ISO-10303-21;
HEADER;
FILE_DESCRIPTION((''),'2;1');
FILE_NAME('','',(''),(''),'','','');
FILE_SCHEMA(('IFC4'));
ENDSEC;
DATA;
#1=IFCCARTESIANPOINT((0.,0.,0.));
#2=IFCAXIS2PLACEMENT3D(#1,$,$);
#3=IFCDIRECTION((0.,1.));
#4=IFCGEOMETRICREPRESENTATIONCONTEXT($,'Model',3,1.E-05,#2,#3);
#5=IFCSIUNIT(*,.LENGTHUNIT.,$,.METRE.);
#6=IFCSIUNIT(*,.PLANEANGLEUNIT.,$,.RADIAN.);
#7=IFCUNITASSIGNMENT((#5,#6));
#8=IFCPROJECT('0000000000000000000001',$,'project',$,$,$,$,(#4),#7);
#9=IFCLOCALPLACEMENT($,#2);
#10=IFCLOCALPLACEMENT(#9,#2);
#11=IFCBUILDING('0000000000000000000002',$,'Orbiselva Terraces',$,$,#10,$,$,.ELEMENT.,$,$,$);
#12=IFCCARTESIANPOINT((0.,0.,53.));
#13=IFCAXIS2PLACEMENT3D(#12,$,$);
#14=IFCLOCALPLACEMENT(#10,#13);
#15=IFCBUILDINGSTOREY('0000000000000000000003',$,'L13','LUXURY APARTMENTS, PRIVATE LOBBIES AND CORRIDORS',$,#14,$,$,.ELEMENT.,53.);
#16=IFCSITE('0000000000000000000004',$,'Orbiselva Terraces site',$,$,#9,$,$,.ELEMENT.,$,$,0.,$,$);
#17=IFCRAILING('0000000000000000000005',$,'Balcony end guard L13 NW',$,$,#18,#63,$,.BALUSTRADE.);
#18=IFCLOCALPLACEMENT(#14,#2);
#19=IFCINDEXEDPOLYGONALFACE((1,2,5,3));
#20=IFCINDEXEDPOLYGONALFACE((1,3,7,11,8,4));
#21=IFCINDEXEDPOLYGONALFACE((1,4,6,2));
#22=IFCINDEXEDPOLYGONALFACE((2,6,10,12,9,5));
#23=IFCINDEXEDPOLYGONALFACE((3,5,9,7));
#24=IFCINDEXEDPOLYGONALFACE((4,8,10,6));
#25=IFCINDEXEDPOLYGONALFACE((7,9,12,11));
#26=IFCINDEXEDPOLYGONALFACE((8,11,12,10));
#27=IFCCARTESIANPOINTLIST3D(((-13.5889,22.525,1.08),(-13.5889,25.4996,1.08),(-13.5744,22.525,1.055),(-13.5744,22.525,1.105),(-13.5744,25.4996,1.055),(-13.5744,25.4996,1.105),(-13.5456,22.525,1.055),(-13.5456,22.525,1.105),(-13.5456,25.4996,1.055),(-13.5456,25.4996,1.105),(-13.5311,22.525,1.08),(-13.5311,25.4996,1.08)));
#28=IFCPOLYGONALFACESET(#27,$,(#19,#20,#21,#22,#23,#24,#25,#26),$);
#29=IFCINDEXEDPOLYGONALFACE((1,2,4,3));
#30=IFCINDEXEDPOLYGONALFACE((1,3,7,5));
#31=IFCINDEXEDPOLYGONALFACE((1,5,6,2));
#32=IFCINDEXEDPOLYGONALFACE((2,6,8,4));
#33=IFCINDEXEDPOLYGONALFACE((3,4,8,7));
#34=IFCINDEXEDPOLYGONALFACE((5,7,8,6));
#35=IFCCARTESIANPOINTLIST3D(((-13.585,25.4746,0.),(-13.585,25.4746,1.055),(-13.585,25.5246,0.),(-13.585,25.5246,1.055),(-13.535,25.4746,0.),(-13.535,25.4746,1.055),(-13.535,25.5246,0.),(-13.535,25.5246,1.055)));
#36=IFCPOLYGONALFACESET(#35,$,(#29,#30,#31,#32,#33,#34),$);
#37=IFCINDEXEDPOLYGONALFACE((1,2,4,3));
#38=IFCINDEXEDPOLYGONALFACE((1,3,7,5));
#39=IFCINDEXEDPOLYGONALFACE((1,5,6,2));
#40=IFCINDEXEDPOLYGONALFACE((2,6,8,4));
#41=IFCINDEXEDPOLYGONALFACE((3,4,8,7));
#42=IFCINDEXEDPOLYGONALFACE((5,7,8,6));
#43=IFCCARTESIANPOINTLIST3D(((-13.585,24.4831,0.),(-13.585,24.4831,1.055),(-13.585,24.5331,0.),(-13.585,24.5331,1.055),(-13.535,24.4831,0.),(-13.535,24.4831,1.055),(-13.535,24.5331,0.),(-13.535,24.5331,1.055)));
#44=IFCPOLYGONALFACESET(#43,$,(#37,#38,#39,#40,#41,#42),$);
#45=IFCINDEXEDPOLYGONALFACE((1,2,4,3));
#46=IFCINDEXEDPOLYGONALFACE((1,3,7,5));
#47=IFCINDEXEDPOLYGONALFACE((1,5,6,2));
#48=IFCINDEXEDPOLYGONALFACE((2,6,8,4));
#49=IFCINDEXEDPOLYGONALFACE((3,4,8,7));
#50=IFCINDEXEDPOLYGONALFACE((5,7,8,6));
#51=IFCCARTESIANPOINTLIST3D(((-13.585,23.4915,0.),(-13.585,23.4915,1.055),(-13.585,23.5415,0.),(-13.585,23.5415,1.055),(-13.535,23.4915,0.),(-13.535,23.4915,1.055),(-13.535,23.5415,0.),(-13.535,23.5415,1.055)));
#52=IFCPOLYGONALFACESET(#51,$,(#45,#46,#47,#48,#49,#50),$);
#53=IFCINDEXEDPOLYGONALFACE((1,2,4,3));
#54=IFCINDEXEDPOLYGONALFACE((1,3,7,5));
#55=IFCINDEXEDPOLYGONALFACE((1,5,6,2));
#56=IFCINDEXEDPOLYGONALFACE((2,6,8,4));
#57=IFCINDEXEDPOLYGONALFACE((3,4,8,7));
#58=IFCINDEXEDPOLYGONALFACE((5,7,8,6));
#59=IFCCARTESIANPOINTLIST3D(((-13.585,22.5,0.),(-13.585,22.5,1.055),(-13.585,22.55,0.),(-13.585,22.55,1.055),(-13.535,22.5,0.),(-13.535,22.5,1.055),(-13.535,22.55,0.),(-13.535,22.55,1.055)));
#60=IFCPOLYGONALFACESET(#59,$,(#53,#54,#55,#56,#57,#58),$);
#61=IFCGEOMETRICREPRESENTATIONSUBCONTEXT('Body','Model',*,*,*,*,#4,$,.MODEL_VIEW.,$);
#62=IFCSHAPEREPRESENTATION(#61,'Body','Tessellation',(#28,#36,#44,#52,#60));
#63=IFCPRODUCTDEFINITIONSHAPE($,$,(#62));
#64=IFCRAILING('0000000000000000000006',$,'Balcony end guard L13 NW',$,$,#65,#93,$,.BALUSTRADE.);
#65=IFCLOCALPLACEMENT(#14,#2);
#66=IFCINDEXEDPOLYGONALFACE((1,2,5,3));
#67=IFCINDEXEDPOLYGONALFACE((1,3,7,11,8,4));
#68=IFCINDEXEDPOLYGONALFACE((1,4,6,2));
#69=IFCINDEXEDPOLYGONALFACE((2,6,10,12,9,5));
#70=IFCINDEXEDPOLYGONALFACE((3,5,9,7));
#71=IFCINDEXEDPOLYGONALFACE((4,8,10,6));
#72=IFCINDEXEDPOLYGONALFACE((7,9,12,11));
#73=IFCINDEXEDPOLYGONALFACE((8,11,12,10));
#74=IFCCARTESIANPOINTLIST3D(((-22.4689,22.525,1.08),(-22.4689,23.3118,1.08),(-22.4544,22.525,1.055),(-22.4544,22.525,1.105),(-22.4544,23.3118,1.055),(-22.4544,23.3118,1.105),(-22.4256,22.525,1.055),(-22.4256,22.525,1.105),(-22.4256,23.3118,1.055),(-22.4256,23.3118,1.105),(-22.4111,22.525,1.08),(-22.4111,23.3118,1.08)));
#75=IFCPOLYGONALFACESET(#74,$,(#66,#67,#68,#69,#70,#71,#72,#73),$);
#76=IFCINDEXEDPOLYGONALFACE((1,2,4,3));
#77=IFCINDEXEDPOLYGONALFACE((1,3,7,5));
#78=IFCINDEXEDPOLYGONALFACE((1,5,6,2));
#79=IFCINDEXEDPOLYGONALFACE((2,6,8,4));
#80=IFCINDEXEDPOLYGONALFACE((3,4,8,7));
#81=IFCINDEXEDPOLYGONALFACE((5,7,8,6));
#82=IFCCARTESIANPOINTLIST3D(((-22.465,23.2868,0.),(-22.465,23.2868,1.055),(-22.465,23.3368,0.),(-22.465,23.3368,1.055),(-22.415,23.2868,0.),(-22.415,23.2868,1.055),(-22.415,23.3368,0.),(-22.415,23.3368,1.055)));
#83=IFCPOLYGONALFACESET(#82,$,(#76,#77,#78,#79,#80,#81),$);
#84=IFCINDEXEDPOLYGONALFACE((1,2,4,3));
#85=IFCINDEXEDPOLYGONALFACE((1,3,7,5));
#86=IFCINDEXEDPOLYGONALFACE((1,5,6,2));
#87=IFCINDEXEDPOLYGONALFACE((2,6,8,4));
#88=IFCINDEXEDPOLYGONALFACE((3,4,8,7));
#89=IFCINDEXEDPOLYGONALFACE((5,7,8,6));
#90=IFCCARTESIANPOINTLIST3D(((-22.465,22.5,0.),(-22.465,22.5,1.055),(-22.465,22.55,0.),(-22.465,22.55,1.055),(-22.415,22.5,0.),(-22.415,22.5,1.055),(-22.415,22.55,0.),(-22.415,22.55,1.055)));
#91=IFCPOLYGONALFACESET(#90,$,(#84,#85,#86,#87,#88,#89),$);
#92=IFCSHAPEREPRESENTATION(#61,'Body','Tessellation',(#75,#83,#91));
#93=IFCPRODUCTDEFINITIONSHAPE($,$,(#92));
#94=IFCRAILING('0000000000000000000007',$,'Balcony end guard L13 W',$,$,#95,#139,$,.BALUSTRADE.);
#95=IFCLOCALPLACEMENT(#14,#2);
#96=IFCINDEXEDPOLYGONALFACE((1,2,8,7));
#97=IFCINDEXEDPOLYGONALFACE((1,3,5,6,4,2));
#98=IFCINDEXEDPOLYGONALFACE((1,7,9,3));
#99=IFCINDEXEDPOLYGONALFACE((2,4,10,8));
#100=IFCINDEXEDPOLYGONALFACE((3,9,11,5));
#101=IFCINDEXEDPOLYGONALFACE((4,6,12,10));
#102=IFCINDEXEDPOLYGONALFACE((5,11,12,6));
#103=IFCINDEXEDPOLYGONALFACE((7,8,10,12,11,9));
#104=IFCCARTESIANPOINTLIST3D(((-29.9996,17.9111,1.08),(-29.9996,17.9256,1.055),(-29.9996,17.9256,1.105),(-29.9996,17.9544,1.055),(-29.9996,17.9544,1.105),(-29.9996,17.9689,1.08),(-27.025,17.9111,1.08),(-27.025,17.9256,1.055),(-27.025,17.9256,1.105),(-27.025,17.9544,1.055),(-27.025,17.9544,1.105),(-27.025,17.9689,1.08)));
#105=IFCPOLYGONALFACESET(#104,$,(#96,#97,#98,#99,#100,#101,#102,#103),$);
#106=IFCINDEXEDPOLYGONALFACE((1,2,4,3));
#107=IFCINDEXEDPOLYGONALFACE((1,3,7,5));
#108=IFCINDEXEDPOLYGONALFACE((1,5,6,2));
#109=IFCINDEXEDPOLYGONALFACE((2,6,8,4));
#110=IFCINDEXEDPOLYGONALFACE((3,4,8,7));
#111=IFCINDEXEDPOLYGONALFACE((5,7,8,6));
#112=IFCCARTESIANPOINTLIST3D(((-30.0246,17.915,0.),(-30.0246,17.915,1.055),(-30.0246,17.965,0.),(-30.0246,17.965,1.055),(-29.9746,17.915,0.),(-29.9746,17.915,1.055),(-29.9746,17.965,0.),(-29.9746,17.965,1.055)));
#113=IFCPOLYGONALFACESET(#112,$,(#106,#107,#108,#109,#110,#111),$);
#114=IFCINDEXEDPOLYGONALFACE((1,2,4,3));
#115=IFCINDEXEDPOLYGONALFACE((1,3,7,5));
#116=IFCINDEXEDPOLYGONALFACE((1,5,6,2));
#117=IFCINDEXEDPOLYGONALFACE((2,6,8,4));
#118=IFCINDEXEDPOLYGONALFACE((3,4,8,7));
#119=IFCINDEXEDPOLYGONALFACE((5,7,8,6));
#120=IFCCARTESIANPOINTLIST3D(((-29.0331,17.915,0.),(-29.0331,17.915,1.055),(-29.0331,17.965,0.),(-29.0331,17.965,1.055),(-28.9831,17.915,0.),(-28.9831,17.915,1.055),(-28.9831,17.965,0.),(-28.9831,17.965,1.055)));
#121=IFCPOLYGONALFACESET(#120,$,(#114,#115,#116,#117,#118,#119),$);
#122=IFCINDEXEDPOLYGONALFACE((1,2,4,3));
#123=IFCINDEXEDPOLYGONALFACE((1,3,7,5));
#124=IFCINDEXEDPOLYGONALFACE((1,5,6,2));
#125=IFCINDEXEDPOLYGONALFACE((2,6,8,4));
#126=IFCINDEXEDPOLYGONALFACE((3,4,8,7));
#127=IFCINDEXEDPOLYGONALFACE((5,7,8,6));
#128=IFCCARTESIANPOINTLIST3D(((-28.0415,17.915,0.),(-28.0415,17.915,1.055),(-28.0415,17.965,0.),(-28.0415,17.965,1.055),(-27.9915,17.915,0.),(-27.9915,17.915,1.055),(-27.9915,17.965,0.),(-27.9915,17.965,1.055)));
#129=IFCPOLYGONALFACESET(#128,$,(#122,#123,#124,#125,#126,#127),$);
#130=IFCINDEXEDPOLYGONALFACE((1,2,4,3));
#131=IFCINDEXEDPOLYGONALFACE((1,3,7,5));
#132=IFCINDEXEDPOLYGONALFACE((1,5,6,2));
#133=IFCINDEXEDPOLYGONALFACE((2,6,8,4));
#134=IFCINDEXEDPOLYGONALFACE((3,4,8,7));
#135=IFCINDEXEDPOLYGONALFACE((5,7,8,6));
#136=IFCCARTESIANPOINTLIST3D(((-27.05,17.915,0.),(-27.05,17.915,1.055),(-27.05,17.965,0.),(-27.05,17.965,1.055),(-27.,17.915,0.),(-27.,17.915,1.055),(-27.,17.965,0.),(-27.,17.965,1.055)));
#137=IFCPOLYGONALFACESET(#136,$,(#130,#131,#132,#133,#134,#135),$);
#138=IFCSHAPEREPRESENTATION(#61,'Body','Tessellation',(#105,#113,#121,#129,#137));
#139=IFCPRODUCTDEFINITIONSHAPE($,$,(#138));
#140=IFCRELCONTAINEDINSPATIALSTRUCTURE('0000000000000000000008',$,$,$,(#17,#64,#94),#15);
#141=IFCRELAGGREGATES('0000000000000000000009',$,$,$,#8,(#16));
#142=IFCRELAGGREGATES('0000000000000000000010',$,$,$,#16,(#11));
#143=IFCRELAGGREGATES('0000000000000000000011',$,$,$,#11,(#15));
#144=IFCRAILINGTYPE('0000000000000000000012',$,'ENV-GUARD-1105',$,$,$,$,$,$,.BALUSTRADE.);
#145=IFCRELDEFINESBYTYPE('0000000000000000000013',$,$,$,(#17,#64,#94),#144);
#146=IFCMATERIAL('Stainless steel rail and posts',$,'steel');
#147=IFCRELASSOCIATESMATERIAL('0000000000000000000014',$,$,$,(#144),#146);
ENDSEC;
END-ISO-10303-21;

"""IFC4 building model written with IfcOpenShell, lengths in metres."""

from ifc_helpers import new_model, si_unit, direction, frame, origin, origin_2d, place, context, subcontext, project, spatial, polyline, rectangle, outline, extrude, material, type_object, element, save


model = new_model("IFC4")

# Units and contexts
model_context = context("Model", 3, precision=1e-05, world=origin(), true_north=direction((0.0, 1.0)))
body_context = subcontext(model_context, "Body", "Model", "MODEL_VIEW")
ifc_project = project(units=[si_unit("LENGTHUNIT", "METRE"), si_unit("PLANEANGLEUNIT", "RADIAN")], contexts=[model_context])

# Site, building, storey
site_placement = place(None, origin())
site = spatial("IfcSite", under=ifc_project, at=site_placement, Name="Orbiselva Terraces site", CompositionType="ELEMENT", RefElevation=0.0)
building_placement = place(site_placement, origin())
building = spatial("IfcBuilding", under=site, at=building_placement, Name="Orbiselva Terraces", CompositionType="ELEMENT")
storey_placement = place(building_placement, frame((0.0, 0.0, 53.0)))
storey = spatial("IfcBuildingStorey", under=building, at=storey_placement, Name="L13", Description="LUXURY APARTMENTS, PRIVATE LOBBIES AND CORRIDORS", CompositionType="ELEMENT", Elevation=53.0)

# Railings
ifc_material_1 = material(Name="Stainless steel rail and posts", Category="steel")
railing_type_1 = type_object("IfcRailingType", Name="ENV-GUARD-1105", PredefinedType="BALUSTRADE", material=ifc_material_1)
railing_1_placement = place(storey_placement, frame((-13.56, 25.4996, 0.0)))
element("IfcRailing", 1, at=railing_1_placement, inside=storey, type_object=railing_type_1, Name="Balcony end guard L13 NW", PredefinedType="BALUSTRADE", context=body_context, shape_type="SweptSolid", body=[
    extrude(outline(polyline([(0.0289, 0.0), (0.0144, 0.025), (-0.0144, 0.025), (-0.0289, 0.0), (-0.0144, -0.025), (0.0144, -0.025), (0.0289, 0.0)])), frame((0.0, 0.0, 1.08), z_axis=(0.0, -1.0, 0.0), x_axis=(1.0, 0.0, 0.0)), (0.0, 0.0, 1.0), 2.9746),
    extrude(rectangle(XDim=0.05, YDim=0.05, at=origin_2d()), origin(), (0.0, 0.0, 1.0), 1.055),
    extrude(rectangle(XDim=0.05, YDim=0.05, at=origin_2d()), frame((0.0, -0.9915, 0.0)), (0.0, 0.0, 1.0), 1.055),
    extrude(rectangle(XDim=0.05, YDim=0.05, at=origin_2d()), frame((0.0, -1.9831, 0.0)), (0.0, 0.0, 1.0), 1.055),
    extrude(rectangle(XDim=0.05, YDim=0.05, at=origin_2d()), frame((0.0, -2.9746, 0.0)), (0.0, 0.0, 1.0), 1.055),
])
railing_2_placement = place(storey_placement, frame((-22.44, 23.3118, 0.0)))
element("IfcRailing", 2, at=railing_2_placement, inside=storey, type_object=railing_type_1, Name="Balcony end guard L13 NW", PredefinedType="BALUSTRADE", context=body_context, shape_type="SweptSolid", body=[
    extrude(outline(polyline([(0.0289, 0.0), (0.0144, 0.025), (-0.0144, 0.025), (-0.0289, 0.0), (-0.0144, -0.025), (0.0144, -0.025), (0.0289, 0.0)])), frame((0.0, 0.0, 1.08), z_axis=(0.0, -1.0, 0.0), x_axis=(1.0, 0.0, 0.0)), (0.0, 0.0, 1.0), 0.7868),
    extrude(rectangle(XDim=0.05, YDim=0.05, at=origin_2d()), origin(), (0.0, 0.0, 1.0), 1.055),
    extrude(rectangle(XDim=0.05, YDim=0.05, at=origin_2d()), frame((0.0, -0.7868, 0.0)), (0.0, 0.0, 1.0), 1.055),
])
railing_3_placement = place(storey_placement, frame((-29.9996, 17.94, 0.0)))
element("IfcRailing", 3, at=railing_3_placement, inside=storey, type_object=railing_type_1, Name="Balcony end guard L13 W", PredefinedType="BALUSTRADE", context=body_context, shape_type="SweptSolid", body=[
    extrude(outline(polyline([(0.0289, 0.0), (0.0144, 0.025), (-0.0144, 0.025), (-0.0289, 0.0), (-0.0144, -0.025), (0.0144, -0.025), (0.0289, 0.0)])), frame((0.0, 0.0, 1.08), z_axis=(1.0, 0.0, 0.0), x_axis=(0.0, 1.0, 0.0)), (0.0, 0.0, 1.0), 2.9746),
    extrude(rectangle(XDim=0.05, YDim=0.05, at=origin_2d()), origin(), (0.0, 0.0, 1.0), 1.055),
    extrude(rectangle(XDim=0.05, YDim=0.05, at=origin_2d()), frame((0.9915, 0.0, 0.0)), (0.0, 0.0, 1.0), 1.055),
    extrude(rectangle(XDim=0.05, YDim=0.05, at=origin_2d()), frame((1.9831, 0.0, 0.0)), (0.0, 0.0, 1.0), 1.055),
    extrude(rectangle(XDim=0.05, YDim=0.05, at=origin_2d()), frame((2.9746, 0.0, 0.0)), (0.0, 0.0, 1.0), 1.055),
])

save(model, "model.ifc")
